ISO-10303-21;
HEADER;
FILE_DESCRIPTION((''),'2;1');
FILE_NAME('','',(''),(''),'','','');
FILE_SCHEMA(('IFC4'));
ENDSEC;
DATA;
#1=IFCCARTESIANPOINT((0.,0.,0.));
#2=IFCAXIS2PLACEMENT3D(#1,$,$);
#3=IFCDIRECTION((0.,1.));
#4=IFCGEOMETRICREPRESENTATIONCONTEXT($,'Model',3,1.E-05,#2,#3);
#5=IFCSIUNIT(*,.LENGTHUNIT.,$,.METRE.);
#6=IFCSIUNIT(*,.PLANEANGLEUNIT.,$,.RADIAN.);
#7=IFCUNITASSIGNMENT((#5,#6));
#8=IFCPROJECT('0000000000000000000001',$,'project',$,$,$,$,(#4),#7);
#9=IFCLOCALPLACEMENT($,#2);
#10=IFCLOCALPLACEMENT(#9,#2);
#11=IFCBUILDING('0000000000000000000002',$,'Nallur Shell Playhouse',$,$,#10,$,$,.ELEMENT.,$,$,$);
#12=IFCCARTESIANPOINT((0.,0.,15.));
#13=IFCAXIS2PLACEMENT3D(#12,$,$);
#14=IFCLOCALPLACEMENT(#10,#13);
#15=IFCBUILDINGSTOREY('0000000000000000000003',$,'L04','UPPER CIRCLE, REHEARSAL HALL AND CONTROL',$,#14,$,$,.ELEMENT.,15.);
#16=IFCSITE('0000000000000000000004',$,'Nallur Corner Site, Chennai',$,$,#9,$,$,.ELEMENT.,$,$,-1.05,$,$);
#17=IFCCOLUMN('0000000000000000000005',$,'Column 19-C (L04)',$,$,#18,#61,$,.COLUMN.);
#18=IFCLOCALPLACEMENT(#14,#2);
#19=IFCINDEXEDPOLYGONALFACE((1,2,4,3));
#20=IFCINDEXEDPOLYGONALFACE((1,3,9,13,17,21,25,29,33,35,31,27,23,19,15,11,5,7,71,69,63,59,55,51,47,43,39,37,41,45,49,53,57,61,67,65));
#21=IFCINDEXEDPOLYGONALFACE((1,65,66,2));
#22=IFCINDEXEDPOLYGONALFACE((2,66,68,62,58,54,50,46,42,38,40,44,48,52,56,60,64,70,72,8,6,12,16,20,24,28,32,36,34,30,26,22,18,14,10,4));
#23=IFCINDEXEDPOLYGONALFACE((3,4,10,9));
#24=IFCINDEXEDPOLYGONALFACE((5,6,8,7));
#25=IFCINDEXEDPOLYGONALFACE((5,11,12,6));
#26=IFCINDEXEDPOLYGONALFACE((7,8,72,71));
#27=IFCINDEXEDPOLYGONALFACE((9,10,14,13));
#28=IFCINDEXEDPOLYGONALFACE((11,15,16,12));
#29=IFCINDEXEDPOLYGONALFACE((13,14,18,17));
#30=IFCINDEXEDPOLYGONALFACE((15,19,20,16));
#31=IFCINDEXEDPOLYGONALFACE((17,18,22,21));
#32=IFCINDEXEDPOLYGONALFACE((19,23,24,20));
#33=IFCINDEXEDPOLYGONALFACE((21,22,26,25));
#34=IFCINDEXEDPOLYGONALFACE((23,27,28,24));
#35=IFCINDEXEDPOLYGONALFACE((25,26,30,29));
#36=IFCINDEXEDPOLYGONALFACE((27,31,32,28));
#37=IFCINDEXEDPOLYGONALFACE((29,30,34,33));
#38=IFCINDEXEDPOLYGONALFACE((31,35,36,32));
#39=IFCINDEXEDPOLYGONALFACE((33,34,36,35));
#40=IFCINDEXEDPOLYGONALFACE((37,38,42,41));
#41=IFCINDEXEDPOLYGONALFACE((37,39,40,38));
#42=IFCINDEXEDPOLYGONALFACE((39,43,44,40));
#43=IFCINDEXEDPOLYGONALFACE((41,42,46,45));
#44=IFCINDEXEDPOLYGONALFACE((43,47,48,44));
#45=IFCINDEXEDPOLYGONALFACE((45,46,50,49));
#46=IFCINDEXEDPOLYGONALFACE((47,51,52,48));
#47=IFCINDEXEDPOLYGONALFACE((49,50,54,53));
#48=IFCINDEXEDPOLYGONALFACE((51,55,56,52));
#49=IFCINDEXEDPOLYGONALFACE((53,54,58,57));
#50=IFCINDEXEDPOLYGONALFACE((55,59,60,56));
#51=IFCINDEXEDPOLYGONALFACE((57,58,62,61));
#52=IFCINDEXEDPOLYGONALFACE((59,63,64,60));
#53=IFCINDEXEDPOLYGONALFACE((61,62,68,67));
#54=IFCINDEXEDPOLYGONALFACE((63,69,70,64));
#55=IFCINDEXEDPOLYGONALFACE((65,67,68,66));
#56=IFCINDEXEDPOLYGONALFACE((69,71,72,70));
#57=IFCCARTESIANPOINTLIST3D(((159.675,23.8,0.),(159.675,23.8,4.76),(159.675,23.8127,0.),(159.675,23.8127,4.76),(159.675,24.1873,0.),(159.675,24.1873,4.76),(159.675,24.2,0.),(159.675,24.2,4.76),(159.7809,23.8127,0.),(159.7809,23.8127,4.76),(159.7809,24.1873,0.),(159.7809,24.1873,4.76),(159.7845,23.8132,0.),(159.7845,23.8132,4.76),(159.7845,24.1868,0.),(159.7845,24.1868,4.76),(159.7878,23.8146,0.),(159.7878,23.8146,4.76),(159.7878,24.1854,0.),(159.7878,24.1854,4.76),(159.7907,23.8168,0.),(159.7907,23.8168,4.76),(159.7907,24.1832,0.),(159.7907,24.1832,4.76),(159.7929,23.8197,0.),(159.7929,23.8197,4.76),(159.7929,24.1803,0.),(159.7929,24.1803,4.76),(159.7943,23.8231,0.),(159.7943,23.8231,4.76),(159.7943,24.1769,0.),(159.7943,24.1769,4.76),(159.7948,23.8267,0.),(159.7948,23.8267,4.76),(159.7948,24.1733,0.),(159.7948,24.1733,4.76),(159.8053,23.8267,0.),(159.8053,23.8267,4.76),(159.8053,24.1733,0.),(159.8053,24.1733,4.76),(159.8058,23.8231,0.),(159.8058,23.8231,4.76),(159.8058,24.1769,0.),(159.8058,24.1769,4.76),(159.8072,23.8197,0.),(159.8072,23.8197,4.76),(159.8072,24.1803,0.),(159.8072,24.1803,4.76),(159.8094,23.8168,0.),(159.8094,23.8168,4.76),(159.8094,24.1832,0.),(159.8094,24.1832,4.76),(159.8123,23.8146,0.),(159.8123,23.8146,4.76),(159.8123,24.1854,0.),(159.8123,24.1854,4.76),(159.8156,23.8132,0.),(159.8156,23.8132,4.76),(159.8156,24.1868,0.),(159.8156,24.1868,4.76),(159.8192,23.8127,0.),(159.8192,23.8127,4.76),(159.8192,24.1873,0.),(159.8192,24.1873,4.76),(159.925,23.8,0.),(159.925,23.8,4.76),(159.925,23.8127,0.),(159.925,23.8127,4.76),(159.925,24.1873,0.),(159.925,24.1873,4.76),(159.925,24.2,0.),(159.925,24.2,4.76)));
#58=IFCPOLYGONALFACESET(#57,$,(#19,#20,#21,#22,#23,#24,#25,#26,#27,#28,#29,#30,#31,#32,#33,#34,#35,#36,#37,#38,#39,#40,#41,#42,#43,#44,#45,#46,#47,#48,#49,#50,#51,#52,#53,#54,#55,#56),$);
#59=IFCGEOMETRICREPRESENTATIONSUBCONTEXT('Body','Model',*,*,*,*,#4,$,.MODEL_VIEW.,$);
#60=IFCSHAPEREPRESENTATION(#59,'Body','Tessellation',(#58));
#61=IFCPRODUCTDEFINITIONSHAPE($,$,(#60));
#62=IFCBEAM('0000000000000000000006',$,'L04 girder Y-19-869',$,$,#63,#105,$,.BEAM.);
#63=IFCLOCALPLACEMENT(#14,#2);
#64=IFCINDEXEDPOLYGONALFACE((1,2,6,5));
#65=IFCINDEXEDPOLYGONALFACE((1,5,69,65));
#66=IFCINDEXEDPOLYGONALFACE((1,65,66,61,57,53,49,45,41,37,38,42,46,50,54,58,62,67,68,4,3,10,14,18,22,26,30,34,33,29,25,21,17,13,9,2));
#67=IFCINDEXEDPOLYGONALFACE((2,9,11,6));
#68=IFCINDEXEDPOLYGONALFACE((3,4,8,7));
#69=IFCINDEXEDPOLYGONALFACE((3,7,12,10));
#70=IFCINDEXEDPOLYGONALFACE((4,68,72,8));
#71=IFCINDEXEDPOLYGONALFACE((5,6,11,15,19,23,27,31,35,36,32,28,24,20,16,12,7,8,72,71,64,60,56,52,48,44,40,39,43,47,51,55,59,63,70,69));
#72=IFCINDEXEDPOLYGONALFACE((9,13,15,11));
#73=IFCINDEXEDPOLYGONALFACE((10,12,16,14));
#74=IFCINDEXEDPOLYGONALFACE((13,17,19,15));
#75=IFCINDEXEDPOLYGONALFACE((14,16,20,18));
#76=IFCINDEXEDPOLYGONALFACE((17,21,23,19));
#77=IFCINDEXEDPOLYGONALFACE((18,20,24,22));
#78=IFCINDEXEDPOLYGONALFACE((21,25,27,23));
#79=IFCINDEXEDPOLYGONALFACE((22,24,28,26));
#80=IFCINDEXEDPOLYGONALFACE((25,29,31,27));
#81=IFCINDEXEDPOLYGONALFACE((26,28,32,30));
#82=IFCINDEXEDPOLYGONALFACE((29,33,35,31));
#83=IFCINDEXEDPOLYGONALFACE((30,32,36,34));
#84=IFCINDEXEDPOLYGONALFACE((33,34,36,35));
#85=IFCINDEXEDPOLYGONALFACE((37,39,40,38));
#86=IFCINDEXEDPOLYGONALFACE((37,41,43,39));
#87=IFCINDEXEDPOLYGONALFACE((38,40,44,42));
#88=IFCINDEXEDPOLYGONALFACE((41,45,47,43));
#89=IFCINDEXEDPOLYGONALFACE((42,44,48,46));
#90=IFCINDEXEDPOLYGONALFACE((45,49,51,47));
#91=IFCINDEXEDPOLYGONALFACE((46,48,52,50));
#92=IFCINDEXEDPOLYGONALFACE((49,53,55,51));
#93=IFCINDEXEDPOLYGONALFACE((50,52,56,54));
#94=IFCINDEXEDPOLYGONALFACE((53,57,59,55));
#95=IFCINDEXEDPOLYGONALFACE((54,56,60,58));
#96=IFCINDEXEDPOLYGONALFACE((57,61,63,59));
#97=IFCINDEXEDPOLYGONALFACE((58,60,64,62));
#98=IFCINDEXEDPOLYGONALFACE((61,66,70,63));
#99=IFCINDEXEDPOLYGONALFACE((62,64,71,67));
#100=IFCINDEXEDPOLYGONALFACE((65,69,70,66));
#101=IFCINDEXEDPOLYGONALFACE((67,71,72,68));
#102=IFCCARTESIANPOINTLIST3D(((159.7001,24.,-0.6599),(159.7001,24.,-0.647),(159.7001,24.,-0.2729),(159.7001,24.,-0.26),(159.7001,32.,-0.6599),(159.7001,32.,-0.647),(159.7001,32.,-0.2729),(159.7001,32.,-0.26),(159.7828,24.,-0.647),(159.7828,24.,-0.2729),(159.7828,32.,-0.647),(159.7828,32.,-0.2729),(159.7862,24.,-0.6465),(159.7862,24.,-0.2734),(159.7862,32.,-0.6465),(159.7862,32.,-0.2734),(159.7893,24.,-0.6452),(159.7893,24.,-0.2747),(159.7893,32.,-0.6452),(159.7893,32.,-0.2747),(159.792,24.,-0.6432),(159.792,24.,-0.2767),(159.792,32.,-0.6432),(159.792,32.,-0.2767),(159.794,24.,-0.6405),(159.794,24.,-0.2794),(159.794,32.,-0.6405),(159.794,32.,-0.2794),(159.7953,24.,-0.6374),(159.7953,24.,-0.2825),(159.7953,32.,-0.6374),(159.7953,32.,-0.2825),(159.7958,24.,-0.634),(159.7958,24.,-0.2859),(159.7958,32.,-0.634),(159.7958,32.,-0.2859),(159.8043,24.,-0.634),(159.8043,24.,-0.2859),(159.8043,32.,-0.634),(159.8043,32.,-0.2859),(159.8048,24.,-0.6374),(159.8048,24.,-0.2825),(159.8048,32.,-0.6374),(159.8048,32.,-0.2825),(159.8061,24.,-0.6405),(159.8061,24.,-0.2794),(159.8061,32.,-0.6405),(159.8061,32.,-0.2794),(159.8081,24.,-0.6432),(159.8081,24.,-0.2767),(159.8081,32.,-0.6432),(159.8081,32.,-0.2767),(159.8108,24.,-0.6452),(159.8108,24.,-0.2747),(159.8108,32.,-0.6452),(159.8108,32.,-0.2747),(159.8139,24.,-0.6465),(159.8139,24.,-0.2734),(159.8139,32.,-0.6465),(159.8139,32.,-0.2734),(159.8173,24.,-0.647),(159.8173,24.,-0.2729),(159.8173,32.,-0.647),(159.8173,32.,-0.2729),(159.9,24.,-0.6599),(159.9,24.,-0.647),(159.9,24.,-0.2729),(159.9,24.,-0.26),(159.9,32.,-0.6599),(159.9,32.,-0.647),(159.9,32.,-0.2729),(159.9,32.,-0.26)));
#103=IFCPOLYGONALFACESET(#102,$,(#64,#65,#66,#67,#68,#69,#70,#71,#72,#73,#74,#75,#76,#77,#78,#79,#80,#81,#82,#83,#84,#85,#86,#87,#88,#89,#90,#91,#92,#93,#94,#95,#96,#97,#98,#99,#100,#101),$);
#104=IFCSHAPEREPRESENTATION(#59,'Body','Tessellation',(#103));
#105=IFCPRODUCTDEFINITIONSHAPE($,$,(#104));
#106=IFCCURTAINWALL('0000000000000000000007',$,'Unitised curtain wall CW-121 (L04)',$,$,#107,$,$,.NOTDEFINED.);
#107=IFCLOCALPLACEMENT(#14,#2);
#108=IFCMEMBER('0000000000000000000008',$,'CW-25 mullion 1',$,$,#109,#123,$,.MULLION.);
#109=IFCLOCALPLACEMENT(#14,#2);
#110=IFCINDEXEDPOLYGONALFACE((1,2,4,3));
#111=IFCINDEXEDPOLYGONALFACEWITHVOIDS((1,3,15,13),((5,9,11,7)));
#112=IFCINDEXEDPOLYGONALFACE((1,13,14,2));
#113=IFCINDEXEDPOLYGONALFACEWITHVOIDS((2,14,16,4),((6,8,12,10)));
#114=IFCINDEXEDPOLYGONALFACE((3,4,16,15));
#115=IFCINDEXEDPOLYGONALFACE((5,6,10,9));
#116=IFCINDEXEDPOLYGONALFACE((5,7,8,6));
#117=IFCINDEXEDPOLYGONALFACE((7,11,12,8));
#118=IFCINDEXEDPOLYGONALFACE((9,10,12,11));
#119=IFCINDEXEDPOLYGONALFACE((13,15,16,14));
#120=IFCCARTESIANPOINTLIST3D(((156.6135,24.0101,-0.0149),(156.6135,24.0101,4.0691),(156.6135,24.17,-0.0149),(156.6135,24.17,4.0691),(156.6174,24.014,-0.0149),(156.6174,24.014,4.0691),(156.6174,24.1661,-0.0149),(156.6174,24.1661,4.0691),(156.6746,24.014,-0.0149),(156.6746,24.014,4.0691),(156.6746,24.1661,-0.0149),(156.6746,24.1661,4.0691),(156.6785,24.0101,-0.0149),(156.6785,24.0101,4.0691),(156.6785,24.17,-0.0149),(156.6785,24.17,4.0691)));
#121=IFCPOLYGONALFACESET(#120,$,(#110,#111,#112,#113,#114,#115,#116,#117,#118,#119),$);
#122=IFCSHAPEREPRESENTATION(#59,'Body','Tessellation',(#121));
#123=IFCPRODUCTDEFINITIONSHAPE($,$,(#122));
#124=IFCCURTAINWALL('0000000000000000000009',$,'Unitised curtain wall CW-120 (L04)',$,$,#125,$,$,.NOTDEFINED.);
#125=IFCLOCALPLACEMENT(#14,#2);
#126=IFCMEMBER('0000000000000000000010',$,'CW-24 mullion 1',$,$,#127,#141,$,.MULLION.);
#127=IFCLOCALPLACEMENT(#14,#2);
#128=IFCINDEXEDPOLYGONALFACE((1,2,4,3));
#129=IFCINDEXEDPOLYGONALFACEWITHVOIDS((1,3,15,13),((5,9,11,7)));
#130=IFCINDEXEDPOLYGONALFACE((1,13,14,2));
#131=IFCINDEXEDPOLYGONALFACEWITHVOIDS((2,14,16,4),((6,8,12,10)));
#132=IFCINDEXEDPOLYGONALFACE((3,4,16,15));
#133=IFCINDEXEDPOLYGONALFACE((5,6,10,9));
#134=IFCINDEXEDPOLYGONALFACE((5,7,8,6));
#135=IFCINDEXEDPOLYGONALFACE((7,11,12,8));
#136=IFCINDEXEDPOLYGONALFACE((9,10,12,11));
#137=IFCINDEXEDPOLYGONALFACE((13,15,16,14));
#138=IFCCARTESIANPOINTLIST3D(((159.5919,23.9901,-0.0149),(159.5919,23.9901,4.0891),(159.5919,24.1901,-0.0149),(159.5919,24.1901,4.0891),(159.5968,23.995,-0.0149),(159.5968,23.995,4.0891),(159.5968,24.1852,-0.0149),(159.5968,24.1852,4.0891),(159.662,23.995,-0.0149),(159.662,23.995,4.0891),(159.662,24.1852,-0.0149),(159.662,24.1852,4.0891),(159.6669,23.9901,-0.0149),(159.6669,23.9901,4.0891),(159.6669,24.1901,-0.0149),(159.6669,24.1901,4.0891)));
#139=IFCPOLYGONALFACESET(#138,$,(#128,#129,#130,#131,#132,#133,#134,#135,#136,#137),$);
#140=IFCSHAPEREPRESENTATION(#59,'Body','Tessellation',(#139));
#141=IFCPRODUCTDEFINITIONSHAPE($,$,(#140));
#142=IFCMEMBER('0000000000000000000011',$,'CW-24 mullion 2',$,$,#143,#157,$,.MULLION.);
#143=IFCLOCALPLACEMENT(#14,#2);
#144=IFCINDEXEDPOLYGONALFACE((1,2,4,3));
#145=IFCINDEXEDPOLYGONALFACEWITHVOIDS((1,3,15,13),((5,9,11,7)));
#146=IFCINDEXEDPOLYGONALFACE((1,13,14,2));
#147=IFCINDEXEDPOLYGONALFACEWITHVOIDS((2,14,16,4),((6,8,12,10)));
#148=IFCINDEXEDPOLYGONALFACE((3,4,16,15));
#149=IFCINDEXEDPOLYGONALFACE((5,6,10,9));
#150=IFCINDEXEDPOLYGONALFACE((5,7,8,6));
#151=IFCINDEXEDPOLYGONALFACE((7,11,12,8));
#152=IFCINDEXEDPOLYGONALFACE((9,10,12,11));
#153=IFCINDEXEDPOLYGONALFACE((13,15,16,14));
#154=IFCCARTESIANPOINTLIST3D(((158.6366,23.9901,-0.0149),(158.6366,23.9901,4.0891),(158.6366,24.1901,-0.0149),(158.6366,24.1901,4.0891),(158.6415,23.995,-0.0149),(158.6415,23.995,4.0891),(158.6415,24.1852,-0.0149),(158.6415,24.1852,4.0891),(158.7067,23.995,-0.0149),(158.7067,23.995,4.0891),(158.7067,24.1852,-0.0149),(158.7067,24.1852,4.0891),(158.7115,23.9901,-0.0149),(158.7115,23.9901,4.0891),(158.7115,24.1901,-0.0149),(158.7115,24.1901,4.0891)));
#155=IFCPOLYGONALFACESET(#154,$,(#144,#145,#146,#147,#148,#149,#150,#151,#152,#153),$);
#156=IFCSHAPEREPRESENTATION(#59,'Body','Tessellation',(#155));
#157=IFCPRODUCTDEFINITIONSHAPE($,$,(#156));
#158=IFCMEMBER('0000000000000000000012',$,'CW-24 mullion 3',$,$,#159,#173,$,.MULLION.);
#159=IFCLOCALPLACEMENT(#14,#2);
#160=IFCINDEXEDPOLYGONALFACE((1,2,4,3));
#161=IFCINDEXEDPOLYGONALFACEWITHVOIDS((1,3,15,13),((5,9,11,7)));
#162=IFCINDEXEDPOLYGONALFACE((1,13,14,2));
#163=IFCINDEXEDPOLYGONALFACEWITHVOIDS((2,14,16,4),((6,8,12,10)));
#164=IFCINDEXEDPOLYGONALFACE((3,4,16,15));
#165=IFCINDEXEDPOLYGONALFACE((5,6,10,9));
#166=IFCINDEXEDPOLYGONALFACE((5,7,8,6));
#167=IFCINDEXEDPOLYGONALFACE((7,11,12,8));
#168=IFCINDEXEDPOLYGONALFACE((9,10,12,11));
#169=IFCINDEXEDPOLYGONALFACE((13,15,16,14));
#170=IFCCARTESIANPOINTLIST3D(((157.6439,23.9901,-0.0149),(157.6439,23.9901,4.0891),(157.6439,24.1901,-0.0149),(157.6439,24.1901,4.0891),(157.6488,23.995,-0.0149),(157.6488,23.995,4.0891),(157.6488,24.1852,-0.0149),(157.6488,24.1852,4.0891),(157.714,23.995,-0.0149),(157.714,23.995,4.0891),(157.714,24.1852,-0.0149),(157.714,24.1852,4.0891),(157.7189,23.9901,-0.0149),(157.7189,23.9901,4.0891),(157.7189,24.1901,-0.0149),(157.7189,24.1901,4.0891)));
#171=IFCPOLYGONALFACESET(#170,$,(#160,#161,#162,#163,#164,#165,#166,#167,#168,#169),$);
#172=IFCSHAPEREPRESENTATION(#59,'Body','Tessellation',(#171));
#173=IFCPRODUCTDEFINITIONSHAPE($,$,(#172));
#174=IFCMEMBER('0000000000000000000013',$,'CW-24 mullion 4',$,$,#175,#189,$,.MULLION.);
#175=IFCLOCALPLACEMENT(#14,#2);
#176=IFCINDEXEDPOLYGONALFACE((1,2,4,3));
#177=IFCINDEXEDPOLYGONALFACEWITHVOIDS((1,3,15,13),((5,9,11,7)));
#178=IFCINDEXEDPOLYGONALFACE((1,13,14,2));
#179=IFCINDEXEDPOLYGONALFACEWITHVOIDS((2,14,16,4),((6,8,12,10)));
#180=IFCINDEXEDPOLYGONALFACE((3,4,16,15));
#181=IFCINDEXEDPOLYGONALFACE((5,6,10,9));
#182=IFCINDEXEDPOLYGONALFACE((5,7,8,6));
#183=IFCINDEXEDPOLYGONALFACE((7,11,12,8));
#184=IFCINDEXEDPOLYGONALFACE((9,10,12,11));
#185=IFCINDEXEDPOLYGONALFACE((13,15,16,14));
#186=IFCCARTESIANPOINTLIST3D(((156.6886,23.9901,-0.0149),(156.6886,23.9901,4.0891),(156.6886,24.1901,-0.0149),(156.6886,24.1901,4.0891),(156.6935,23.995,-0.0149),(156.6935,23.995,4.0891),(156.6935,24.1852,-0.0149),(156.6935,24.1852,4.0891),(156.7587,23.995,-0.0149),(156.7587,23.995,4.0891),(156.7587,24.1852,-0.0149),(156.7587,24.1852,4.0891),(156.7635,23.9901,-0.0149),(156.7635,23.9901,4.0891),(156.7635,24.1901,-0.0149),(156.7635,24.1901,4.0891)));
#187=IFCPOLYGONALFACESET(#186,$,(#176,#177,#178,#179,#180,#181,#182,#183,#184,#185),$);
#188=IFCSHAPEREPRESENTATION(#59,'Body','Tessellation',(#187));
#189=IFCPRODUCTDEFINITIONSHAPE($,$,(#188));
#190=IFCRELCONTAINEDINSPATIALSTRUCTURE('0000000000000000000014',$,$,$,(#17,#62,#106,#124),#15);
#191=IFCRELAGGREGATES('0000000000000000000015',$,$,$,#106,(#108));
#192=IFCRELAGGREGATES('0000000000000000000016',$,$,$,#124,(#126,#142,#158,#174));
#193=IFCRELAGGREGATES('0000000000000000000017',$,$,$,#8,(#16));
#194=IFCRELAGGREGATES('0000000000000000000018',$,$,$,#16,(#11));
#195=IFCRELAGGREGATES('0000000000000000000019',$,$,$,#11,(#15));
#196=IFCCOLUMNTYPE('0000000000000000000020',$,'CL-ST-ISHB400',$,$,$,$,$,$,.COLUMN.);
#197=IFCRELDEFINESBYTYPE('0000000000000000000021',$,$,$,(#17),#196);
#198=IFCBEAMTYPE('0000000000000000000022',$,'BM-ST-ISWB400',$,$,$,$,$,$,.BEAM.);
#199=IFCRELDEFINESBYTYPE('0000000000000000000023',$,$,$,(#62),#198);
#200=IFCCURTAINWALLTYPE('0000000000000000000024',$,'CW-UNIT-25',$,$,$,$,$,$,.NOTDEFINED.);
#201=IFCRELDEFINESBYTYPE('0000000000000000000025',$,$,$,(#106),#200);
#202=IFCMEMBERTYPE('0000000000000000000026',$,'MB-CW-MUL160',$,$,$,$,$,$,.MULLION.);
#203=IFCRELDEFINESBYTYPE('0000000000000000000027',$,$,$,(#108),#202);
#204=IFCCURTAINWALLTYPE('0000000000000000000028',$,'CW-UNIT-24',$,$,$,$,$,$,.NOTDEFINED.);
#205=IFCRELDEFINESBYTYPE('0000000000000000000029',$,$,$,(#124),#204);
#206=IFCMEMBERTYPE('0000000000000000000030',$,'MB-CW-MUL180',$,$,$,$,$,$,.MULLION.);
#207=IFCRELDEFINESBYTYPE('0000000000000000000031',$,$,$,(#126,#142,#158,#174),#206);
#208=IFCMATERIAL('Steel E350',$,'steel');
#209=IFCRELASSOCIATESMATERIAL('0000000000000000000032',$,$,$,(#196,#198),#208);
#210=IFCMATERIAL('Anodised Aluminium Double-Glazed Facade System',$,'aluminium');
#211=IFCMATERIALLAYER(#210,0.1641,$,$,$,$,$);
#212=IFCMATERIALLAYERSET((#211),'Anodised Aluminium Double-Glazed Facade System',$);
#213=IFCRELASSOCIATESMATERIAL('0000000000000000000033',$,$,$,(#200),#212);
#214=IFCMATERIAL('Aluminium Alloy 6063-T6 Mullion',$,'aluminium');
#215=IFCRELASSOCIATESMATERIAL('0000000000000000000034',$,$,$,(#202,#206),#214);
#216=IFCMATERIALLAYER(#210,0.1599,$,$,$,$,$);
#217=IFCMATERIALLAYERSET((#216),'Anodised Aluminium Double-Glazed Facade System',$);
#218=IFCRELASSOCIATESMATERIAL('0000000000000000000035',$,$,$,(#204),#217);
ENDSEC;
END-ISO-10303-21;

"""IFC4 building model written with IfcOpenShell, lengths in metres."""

from ifc_helpers import new_model, si_unit, direction, frame, origin, origin_2d, place, context, subcontext, project, spatial, hollow_rectangle, i_section, extrude, material, layer, layer_set, material_profile, profile_set, type_object, element, aggregate, save


model = new_model("IFC4")

# Units and contexts
model_context = context("Model", 3, precision=1e-05, world=origin(), true_north=direction((0.0, 1.0)))
body_context = subcontext(model_context, "Body", "Model", "MODEL_VIEW")
ifc_project = project(units=[si_unit("LENGTHUNIT", "METRE"), si_unit("PLANEANGLEUNIT", "RADIAN")], contexts=[model_context])

# Site, building, storey
site_placement = place(None, origin())
site = spatial("IfcSite", under=ifc_project, at=site_placement, Name="Nallur Corner Site, Chennai", CompositionType="ELEMENT", RefElevation=-1.05)
building_placement = place(site_placement, origin())
building = spatial("IfcBuilding", under=site, at=building_placement, Name="Nallur Shell Playhouse", CompositionType="ELEMENT")
storey_placement = place(building_placement, frame((0.0, 0.0, 15.0)))
storey = spatial("IfcBuildingStorey", under=building, at=storey_placement, Name="L04", Description="UPPER CIRCLE, REHEARSAL HALL AND CONTROL", CompositionType="ELEMENT", Elevation=15.0)

# Column
ifc_material_1 = material(Name="Steel E350", Category="steel")
ifc_material_profile_1 = material_profile(ifc_material_1, i_section(OverallWidth=0.25, OverallDepth=0.3999, WebThickness=0.0105, FlangeThickness=0.0127, FilletRadius=0.0139, at=origin_2d()), Name="ISHB 400")
ifc_profile_set_1 = profile_set([ifc_material_profile_1], Name="Steel E350")
column_type = type_object("IfcColumnType", Name="CL-ST-ISHB400", PredefinedType="COLUMN", material=ifc_profile_set_1)
column_placement = place(storey_placement, frame((159.8, 24.0, 0.0), z_axis=(0.0, 0.0, 1.0), x_axis=(1.0, 0.0, 0.0)))
element("IfcColumn", 1, at=column_placement, inside=storey, type_object=column_type, Name="Column 19-C (L04)", PredefinedType="COLUMN", context=body_context, shape_type="SweptSolid", body=[
    extrude(i_section(OverallWidth=0.25, OverallDepth=0.3999, WebThickness=0.0105, FlangeThickness=0.0127, FilletRadius=0.0139, at=origin_2d()), origin(), (0.0, 0.0, 1.0), 4.76),
])

# Beam
ifc_material_profile_2 = material_profile(ifc_material_1, i_section(OverallWidth=0.2, OverallDepth=0.3999, WebThickness=0.0085, FlangeThickness=0.0129, FilletRadius=0.0129, at=origin_2d()), Name="ISWB 400")
ifc_profile_set_2 = profile_set([ifc_material_profile_2], Name="Steel E350")
beam_type = type_object("IfcBeamType", Name="BM-ST-ISWB400", PredefinedType="BEAM", material=ifc_profile_set_2)
beam_placement = place(storey_placement, frame((159.8, 24.0, -0.46), z_axis=(0.0, 1.0, 0.0), x_axis=(-1.0, 0.0, 0.0)))
element("IfcBeam", 2, at=beam_placement, inside=storey, type_object=beam_type, Name="L04 girder Y-19-869", PredefinedType="BEAM", context=body_context, shape_type="SweptSolid", body=[
    extrude(i_section(OverallWidth=0.2, OverallDepth=0.3999, WebThickness=0.0085, FlangeThickness=0.0129, FilletRadius=0.0129, at=origin_2d()), origin(), (0.0, 0.0, 1.0), 8.0),
])

# Curtain wall, member
ifc_material_2 = material(Name="Anodised Aluminium Double-Glazed Facade System", Category="aluminium")
ifc_layer_1 = layer(ifc_material_2, 0.1641)
ifc_layer_set_1 = layer_set([ifc_layer_1], Name="Anodised Aluminium Double-Glazed Facade System")
curtain_wall_type_1 = type_object("IfcCurtainWallType", Name="CW-UNIT-25", PredefinedType="NOTDEFINED", material=ifc_layer_set_1)
curtain_wall_1_placement = place(storey_placement, origin())
curtain_wall_1 = element("IfcCurtainWall", 3, at=curtain_wall_1_placement, inside=storey, type_object=curtain_wall_type_1, Name="Unitised curtain wall CW-121 (L04)", PredefinedType="NOTDEFINED")
ifc_material_3 = material(Name="Aluminium Alloy 6063-T6 Mullion", Category="aluminium")
ifc_material_profile_3 = material_profile(ifc_material_3, hollow_rectangle(XDim=0.0649, YDim=0.1599, WallThickness=0.0039, at=origin_2d()), Name="ALU 65x160x4")
ifc_profile_set_3 = profile_set([ifc_material_profile_3], Name="Aluminium Alloy 6063-T6 Mullion")
member_type_1 = type_object("IfcMemberType", Name="MB-CW-MUL160", PredefinedType="MULLION", material=ifc_profile_set_3)
member_1_placement = place(storey_placement, frame((156.646, 24.0901, -0.0149), z_axis=(0.0, 0.0, 1.0), x_axis=(-1.0, 0.0, 0.0)))
member_1 = element("IfcMember", 4, at=member_1_placement, type_object=member_type_1, Name="CW-25 mullion 1", PredefinedType="MULLION", context=body_context, shape_type="SweptSolid", body=[
    extrude(hollow_rectangle(XDim=0.0649, YDim=0.1599, WallThickness=0.0039, at=origin_2d()), origin(), (0.0, 0.0, 1.0), 4.084),
])

# Curtain wall, members
ifc_layer_2 = layer(ifc_material_2, 0.1599)
ifc_layer_set_2 = layer_set([ifc_layer_2], Name="Anodised Aluminium Double-Glazed Facade System")
curtain_wall_type_2 = type_object("IfcCurtainWallType", Name="CW-UNIT-24", PredefinedType="NOTDEFINED", material=ifc_layer_set_2)
curtain_wall_2_placement = place(storey_placement, origin())
curtain_wall_2 = element("IfcCurtainWall", 5, at=curtain_wall_2_placement, inside=storey, type_object=curtain_wall_type_2, Name="Unitised curtain wall CW-120 (L04)", PredefinedType="NOTDEFINED")
ifc_material_profile_4 = material_profile(ifc_material_3, hollow_rectangle(XDim=0.075, YDim=0.2, WallThickness=0.0049, at=origin_2d()), Name="ALU 75x200x5")
ifc_profile_set_4 = profile_set([ifc_material_profile_4], Name="Aluminium Alloy 6063-T6 Mullion")
member_type_2 = type_object("IfcMemberType", Name="MB-CW-MUL180", PredefinedType="MULLION", material=ifc_profile_set_4)
member_2_placement = place(storey_placement, frame((159.6294, 24.0901, -0.0149), z_axis=(0.0, 0.0, 1.0), x_axis=(-1.0, 0.0, 0.0)))
member_2 = element("IfcMember", 6, at=member_2_placement, type_object=member_type_2, Name="CW-24 mullion 1", PredefinedType="MULLION", context=body_context, shape_type="SweptSolid", body=[
    extrude(hollow_rectangle(XDim=0.075, YDim=0.2, WallThickness=0.0049, at=origin_2d()), origin(), (0.0, 0.0, 1.0), 4.104),
])
member_3_placement = place(storey_placement, frame((158.6741, 24.0901, -0.0149), z_axis=(0.0, 0.0, 1.0), x_axis=(-1.0, 0.0, 0.0)))
member_3 = element("IfcMember", 7, at=member_3_placement, type_object=member_type_2, Name="CW-24 mullion 2", PredefinedType="MULLION", context=body_context, shape_type="SweptSolid", body=[
    extrude(hollow_rectangle(XDim=0.075, YDim=0.2, WallThickness=0.0049, at=origin_2d()), origin(), (0.0, 0.0, 1.0), 4.104),
])
member_4_placement = place(storey_placement, frame((157.6814, 24.0901, -0.0149), z_axis=(0.0, 0.0, 1.0), x_axis=(-1.0, 0.0, 0.0)))
member_4 = element("IfcMember", 8, at=member_4_placement, type_object=member_type_2, Name="CW-24 mullion 3", PredefinedType="MULLION", context=body_context, shape_type="SweptSolid", body=[
    extrude(hollow_rectangle(XDim=0.075, YDim=0.2, WallThickness=0.0049, at=origin_2d()), origin(), (0.0, 0.0, 1.0), 4.104),
])
member_5_placement = place(storey_placement, frame((156.7261, 24.0901, -0.0149), z_axis=(0.0, 0.0, 1.0), x_axis=(-1.0, 0.0, 0.0)))
member_5 = element("IfcMember", 9, at=member_5_placement, type_object=member_type_2, Name="CW-24 mullion 4", PredefinedType="MULLION", context=body_context, shape_type="SweptSolid", body=[
    extrude(hollow_rectangle(XDim=0.075, YDim=0.2, WallThickness=0.0049, at=origin_2d()), origin(), (0.0, 0.0, 1.0), 4.104),
])

aggregate(curtain_wall_1, [member_1])

aggregate(curtain_wall_2, [member_2, member_3, member_4, member_5])

save(model, "model.ifc")
